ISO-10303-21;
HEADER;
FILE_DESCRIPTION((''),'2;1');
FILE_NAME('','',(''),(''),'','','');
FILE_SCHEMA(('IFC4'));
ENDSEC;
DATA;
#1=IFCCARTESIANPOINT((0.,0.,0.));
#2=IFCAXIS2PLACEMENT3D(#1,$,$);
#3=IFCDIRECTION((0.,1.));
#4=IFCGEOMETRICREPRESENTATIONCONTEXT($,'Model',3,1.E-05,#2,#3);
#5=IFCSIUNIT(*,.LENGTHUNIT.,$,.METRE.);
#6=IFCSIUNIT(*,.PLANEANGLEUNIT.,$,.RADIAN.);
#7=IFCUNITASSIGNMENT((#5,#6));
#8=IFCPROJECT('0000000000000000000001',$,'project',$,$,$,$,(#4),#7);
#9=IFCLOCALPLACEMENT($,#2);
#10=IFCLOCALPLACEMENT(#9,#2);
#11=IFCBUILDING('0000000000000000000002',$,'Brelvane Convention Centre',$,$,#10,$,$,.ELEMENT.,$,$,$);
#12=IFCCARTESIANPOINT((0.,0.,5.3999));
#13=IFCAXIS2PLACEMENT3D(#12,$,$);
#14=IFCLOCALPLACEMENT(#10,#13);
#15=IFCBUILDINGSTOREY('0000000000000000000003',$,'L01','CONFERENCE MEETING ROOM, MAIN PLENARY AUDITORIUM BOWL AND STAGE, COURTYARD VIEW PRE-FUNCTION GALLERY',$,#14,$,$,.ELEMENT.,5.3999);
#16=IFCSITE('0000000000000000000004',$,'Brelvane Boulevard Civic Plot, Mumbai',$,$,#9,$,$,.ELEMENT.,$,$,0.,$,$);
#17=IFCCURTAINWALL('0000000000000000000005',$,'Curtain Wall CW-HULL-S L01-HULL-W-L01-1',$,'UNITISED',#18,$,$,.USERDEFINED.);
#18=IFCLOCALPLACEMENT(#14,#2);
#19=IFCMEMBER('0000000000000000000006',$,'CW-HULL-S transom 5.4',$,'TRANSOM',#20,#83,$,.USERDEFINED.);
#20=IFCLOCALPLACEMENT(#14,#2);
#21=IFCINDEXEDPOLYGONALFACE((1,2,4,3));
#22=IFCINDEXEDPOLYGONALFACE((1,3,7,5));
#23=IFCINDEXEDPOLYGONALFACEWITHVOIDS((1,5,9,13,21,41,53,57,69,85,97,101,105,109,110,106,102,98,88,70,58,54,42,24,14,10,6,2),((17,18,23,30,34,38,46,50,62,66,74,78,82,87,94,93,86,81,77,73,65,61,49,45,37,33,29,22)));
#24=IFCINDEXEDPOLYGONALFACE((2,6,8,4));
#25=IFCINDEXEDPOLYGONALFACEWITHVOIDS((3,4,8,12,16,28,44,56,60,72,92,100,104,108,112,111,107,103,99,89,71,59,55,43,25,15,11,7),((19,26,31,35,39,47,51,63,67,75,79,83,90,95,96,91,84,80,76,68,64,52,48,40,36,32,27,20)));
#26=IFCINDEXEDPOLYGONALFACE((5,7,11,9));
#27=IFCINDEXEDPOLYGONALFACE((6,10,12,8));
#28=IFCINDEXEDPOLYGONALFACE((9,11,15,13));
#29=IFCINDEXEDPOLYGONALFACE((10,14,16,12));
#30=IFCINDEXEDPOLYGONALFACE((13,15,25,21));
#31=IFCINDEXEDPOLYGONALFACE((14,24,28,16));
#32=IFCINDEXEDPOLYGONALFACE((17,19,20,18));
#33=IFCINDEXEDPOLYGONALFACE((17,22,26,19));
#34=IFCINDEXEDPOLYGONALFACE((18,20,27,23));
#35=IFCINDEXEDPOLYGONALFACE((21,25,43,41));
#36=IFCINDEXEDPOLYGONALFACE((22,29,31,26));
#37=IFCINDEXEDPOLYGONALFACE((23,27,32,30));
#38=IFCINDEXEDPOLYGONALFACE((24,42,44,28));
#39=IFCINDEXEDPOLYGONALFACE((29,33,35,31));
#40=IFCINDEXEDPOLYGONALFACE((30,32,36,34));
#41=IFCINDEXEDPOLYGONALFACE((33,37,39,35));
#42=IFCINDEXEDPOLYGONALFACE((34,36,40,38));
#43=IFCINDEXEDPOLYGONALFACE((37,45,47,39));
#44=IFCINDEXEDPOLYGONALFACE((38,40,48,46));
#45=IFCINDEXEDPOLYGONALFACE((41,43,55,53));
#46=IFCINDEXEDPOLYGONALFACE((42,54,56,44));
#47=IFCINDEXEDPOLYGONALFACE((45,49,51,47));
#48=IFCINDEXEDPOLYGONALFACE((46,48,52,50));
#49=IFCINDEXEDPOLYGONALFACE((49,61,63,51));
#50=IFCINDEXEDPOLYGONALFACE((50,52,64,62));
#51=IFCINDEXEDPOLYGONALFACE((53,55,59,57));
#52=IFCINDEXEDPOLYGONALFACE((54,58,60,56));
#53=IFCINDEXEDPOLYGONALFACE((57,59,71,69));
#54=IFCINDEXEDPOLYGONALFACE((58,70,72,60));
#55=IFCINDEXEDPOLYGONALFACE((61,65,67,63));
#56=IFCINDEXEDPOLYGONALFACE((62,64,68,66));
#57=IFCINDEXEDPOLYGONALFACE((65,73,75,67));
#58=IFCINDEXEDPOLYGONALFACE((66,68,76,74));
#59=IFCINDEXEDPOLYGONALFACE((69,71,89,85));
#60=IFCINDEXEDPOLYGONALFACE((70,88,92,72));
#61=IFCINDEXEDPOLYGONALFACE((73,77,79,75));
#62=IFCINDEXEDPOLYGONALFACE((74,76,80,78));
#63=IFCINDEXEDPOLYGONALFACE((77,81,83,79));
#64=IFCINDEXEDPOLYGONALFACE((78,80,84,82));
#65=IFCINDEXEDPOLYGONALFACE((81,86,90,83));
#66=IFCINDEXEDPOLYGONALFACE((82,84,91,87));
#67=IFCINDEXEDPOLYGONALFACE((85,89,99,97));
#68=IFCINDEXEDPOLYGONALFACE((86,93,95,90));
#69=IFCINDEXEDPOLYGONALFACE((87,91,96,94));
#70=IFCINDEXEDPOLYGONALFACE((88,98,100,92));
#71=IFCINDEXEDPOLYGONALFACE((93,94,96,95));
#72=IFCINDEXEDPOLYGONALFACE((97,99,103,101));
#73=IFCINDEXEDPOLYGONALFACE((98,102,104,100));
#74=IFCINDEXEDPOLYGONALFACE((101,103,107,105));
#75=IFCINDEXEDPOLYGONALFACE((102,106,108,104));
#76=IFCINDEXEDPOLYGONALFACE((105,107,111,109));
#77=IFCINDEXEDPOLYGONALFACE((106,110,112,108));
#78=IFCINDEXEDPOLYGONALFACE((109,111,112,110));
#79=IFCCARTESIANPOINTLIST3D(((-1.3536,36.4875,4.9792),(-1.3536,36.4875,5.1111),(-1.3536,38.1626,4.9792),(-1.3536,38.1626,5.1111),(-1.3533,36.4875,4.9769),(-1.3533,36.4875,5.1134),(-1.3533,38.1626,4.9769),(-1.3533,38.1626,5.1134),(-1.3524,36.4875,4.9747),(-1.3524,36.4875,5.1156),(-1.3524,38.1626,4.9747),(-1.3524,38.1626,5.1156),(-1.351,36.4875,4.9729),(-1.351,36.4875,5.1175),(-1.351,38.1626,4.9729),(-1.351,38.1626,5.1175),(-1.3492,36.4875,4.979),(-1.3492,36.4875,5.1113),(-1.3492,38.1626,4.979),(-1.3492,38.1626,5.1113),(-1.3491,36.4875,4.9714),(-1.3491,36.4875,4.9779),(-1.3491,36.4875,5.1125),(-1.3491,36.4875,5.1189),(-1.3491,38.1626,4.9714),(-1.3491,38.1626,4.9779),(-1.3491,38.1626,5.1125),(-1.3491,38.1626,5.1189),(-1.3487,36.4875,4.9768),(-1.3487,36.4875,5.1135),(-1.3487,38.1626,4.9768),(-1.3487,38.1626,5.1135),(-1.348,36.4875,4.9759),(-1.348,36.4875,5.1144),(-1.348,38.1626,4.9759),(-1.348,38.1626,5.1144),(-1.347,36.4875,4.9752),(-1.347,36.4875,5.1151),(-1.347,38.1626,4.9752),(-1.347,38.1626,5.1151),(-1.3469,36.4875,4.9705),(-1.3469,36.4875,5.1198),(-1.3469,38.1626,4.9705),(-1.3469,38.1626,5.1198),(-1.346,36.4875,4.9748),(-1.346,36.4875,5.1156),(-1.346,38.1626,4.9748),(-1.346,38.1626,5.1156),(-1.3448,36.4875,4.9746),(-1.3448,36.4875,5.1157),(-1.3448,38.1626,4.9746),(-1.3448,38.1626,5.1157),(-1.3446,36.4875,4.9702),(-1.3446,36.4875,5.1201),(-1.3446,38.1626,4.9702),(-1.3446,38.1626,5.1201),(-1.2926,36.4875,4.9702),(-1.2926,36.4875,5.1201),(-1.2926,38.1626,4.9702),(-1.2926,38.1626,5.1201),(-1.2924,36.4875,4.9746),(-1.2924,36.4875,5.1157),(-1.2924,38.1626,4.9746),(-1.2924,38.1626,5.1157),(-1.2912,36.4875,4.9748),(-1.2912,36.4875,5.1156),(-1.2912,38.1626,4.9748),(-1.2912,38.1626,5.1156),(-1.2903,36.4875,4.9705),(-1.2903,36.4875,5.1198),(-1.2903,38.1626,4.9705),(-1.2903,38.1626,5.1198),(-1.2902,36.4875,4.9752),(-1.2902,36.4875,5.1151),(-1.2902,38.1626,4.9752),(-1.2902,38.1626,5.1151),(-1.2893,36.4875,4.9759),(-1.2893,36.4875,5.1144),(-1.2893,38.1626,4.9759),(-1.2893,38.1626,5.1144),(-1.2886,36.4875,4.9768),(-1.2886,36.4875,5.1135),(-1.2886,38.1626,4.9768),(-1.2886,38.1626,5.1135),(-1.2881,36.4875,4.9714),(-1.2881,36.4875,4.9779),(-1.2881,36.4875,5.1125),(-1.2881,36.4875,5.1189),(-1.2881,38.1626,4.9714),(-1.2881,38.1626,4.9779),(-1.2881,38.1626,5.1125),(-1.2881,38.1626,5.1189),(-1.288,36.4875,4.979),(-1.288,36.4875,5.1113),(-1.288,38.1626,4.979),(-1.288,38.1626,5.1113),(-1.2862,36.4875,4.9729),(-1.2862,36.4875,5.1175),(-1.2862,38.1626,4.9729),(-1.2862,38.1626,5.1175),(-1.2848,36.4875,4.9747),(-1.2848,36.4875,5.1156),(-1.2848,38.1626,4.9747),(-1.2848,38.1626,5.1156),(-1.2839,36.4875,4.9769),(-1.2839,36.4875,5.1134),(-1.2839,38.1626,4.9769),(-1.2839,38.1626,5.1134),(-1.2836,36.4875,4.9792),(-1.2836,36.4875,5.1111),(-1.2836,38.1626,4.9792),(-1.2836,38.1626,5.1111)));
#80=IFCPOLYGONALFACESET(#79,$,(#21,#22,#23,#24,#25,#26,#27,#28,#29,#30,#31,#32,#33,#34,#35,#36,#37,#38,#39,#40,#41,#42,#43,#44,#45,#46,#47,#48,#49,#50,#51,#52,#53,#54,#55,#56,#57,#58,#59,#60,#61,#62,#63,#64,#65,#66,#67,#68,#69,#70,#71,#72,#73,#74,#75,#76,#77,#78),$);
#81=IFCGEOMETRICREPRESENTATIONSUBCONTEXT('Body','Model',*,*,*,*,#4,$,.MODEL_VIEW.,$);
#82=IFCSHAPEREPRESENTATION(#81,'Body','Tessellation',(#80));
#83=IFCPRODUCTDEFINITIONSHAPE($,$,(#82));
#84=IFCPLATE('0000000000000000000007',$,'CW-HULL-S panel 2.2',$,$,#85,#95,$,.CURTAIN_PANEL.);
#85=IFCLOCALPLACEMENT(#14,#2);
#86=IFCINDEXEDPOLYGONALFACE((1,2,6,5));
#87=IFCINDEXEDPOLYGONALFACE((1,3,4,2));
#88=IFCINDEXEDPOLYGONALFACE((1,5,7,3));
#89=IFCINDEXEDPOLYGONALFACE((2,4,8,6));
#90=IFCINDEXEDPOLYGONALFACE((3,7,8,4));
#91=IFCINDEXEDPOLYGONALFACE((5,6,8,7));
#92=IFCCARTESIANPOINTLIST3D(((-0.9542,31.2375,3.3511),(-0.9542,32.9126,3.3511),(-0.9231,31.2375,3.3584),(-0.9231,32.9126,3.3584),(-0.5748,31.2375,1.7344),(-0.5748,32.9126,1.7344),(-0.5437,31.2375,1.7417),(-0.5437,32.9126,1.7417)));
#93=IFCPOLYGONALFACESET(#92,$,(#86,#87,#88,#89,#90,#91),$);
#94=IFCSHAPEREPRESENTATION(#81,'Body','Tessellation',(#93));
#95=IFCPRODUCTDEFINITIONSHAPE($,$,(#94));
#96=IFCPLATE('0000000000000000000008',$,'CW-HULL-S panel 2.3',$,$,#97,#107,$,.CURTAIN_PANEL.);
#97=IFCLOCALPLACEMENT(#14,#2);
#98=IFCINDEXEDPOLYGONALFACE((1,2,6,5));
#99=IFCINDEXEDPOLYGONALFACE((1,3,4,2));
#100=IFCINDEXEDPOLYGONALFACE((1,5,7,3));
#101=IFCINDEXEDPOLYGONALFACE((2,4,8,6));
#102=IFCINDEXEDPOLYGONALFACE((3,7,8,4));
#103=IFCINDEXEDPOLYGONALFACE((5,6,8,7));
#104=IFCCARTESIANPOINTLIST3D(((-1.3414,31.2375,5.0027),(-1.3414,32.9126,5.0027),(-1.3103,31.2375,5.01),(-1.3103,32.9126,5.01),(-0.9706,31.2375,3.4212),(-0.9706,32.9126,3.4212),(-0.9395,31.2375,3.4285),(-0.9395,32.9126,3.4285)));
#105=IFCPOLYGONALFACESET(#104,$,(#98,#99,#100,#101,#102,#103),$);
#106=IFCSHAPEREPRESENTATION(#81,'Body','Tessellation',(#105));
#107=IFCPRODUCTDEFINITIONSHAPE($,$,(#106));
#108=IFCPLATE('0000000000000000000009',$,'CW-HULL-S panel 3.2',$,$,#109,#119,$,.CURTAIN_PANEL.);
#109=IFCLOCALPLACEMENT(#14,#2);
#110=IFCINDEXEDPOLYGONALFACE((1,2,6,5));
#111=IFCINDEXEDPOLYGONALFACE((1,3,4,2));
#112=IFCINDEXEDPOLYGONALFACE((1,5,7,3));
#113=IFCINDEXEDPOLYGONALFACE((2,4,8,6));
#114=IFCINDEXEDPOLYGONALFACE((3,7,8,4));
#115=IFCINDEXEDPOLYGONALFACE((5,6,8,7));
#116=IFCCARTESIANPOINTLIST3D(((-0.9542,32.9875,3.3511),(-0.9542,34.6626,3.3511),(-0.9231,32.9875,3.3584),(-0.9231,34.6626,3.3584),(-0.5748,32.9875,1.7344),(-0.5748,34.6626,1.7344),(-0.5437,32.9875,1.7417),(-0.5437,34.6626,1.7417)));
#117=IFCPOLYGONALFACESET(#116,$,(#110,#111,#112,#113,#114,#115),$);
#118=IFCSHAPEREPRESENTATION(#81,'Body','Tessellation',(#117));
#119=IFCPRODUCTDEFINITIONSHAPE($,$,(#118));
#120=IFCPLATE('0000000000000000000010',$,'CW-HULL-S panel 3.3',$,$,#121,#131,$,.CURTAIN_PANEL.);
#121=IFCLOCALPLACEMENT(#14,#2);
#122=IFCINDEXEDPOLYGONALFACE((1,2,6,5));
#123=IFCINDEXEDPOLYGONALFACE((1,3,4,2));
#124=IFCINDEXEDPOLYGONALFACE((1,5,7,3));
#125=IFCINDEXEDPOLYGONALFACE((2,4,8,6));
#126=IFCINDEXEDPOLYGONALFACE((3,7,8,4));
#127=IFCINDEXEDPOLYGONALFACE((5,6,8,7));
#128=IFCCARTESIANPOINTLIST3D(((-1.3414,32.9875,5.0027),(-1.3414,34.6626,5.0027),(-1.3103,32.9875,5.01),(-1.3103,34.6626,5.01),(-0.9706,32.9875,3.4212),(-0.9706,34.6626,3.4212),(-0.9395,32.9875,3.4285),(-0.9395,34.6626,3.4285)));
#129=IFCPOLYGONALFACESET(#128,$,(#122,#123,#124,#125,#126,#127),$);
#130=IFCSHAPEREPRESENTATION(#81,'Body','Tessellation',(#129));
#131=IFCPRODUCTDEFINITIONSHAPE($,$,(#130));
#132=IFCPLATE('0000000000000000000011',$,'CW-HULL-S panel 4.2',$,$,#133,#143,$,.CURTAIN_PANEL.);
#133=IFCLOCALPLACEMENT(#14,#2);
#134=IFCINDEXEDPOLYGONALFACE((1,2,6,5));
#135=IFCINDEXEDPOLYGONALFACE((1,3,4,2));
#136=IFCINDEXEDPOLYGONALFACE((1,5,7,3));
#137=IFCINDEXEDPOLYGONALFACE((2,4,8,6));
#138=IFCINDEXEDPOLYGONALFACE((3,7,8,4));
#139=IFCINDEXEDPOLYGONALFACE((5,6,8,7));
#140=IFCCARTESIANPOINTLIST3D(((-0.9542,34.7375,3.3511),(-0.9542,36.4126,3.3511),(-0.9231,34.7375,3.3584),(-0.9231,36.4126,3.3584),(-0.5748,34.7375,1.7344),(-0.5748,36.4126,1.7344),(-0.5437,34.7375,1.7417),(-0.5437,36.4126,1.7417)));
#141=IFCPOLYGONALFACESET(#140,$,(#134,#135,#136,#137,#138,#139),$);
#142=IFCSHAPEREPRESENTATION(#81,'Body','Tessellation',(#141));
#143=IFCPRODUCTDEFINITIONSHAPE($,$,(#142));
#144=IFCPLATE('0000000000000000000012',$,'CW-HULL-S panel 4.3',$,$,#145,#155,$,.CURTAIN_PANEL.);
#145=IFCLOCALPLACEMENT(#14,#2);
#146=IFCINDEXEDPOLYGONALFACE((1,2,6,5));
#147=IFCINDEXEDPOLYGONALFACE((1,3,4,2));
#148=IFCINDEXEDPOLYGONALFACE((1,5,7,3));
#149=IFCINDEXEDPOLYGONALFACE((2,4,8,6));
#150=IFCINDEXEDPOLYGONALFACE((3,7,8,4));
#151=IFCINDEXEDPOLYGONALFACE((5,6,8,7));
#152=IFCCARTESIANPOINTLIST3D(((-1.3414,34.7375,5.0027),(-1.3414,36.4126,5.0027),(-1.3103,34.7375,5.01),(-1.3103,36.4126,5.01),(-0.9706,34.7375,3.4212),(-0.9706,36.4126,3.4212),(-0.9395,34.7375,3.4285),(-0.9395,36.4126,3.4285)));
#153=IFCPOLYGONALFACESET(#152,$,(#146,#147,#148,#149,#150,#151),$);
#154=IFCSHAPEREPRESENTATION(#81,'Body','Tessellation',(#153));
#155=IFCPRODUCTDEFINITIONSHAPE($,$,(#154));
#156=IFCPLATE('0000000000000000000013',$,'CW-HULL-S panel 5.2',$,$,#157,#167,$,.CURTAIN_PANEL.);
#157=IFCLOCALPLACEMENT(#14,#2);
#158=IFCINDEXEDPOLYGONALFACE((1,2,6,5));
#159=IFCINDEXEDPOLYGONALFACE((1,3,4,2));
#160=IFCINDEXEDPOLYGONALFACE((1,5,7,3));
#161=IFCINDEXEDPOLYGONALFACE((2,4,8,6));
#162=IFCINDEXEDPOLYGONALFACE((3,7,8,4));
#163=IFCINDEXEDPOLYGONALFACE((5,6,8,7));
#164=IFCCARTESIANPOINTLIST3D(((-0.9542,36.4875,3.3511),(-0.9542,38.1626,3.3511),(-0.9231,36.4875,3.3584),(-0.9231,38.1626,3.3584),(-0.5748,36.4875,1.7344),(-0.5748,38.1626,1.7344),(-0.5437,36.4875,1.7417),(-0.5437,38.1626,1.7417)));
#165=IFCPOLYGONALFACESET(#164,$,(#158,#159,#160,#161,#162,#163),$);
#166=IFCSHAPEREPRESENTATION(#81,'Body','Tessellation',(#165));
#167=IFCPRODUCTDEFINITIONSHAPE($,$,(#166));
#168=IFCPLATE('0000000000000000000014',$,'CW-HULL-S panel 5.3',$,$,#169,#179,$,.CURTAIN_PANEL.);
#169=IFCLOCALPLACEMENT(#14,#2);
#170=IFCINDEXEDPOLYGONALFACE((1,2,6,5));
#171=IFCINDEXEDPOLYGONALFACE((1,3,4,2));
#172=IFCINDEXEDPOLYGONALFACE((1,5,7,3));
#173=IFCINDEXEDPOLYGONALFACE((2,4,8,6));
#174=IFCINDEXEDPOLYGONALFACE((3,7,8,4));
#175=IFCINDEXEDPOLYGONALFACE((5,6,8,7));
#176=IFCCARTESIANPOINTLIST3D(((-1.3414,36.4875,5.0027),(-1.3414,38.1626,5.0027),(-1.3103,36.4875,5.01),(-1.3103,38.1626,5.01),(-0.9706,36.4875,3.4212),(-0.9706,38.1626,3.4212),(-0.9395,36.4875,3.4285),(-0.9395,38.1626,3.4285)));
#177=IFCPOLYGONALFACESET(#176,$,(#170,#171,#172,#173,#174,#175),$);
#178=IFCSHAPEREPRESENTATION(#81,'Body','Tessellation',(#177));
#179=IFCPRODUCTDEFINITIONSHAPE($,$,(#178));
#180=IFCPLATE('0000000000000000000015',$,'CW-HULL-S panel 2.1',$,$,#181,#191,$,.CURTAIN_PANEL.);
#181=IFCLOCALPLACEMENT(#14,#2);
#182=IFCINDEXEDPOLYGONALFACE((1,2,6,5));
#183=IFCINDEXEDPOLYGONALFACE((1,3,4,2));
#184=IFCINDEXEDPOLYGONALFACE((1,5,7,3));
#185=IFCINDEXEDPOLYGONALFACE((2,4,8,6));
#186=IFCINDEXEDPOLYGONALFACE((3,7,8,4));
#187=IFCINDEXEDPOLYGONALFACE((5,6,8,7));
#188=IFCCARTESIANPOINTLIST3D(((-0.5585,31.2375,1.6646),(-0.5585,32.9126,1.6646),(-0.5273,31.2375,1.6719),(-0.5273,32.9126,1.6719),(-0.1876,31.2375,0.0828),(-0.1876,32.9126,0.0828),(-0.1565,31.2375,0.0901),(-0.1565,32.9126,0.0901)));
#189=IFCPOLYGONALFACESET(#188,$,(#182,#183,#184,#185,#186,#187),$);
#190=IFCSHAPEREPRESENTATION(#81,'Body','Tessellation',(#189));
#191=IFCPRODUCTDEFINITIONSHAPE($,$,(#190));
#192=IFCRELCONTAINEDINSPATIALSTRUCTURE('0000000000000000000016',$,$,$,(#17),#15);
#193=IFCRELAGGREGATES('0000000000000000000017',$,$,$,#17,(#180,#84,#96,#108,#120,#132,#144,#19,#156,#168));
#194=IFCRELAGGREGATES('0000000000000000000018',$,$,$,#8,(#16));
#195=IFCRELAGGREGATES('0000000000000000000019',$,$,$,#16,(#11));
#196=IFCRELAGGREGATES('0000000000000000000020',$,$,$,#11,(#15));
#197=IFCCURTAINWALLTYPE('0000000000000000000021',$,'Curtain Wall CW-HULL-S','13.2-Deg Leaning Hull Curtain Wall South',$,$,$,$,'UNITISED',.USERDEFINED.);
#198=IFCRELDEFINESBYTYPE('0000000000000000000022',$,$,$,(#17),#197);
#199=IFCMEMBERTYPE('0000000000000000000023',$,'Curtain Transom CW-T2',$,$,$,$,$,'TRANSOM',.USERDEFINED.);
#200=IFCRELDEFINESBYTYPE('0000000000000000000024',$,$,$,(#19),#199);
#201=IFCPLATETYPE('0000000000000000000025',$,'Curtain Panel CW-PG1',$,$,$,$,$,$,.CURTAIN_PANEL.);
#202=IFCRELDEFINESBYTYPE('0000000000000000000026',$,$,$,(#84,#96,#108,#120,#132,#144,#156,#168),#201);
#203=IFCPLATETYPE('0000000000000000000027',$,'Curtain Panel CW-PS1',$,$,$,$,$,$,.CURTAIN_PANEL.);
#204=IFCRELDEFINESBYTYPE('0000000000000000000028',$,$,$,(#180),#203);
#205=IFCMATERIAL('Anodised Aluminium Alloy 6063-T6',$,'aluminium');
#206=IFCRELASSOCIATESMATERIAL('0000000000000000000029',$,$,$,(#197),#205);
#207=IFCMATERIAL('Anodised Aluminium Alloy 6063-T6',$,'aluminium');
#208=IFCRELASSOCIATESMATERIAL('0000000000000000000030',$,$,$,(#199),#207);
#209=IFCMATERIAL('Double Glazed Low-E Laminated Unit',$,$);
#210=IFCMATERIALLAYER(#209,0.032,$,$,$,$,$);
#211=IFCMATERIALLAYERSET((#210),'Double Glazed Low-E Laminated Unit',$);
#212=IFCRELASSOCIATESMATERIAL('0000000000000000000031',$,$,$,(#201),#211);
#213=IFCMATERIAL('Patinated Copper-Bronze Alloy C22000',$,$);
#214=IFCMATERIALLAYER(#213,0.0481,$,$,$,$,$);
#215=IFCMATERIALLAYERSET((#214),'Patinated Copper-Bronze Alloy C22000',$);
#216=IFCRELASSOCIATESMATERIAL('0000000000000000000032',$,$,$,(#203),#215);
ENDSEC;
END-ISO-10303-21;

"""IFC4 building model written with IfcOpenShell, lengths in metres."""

from ifc_helpers import new_model, si_unit, direction, frame, origin, origin_2d, place, context, subcontext, project, spatial, polyline, hollow_rectangle, outline, extrude, material, layer, layer_set, material_profile, profile_set, type_object, element, aggregate, save


model = new_model("IFC4")

# Units and contexts
model_context = context("Model", 3, precision=1e-05, world=origin(), true_north=direction((0.0, 1.0)))
body_context = subcontext(model_context, "Body", "Model", "MODEL_VIEW")
ifc_project = project(units=[si_unit("LENGTHUNIT", "METRE"), si_unit("PLANEANGLEUNIT", "RADIAN")], contexts=[model_context])

# Site, building, storey
site_placement = place(None, origin())
site = spatial("IfcSite", under=ifc_project, at=site_placement, Name="Brelvane Boulevard Civic Plot, Mumbai", CompositionType="ELEMENT", RefElevation=0.0)
building_placement = place(site_placement, origin())
building = spatial("IfcBuilding", under=site, at=building_placement, Name="Brelvane Convention Centre", CompositionType="ELEMENT")
storey_placement = place(building_placement, frame((0.0, 0.0, 5.3999)))
storey = spatial("IfcBuildingStorey", under=building, at=storey_placement, Name="L01", Description="CONFERENCE MEETING ROOM, MAIN PLENARY AUDITORIUM BOWL AND STAGE, COURTYARD VIEW PRE-FUNCTION GALLERY", CompositionType="ELEMENT", Elevation=5.3999)

# Curtain wall, member, plates
ifc_material_1 = material(Name="Anodised Aluminium Alloy 6063-T6", Category="aluminium")
curtain_wall_type = type_object("IfcCurtainWallType", Name="Curtain Wall CW-HULL-S", Description="13.2-Deg Leaning Hull Curtain Wall South", ElementType="UNITISED", PredefinedType="USERDEFINED", material=ifc_material_1)
curtain_wall_placement = place(storey_placement, origin())
curtain_wall = element("IfcCurtainWall", 1, at=curtain_wall_placement, inside=storey, type_object=curtain_wall_type, Name="Curtain Wall CW-HULL-S L01-HULL-W-L01-1", ObjectType="UNITISED", PredefinedType="USERDEFINED")
ifc_material_2 = material(Name="Anodised Aluminium Alloy 6063-T6", Category="aluminium")
ifc_material_profile_1 = material_profile(ifc_material_2, hollow_rectangle(XDim=0.0701, YDim=0.1499, WallThickness=0.0044, InnerFilletRadius=0.0044, OuterFilletRadius=0.009, at=origin_2d()), Name="ALU-T 150x70x4.5")
ifc_profile_set_1 = profile_set([ifc_material_profile_1], Name="Anodised Aluminium Alloy 6063-T6")
member_type_1 = type_object("IfcMemberType", Name="Curtain Transom CW-T2", ElementType="TRANSOM", PredefinedType="USERDEFINED", material=ifc_profile_set_1)
member_1_placement = place(storey_placement, frame((-1.3186, 36.4875, 5.0452), z_axis=(0.0, 1.0, 0.0), x_axis=(-1.0, 0.0, 0.0)))
member_1 = element("IfcMember", 2, at=member_1_placement, type_object=member_type_1, Name="CW-HULL-S transom 5.4", ObjectType="TRANSOM", PredefinedType="USERDEFINED", context=body_context, shape_type="SweptSolid", body=[
    extrude(hollow_rectangle(XDim=0.0701, YDim=0.1499, WallThickness=0.0044, InnerFilletRadius=0.0044, OuterFilletRadius=0.009, at=origin_2d()), origin(), (0.0, 0.0, 1.0), 1.675),
])
ifc_material_3 = material(Name="Double Glazed Low-E Laminated Unit")
ifc_layer_1 = layer(ifc_material_3, 0.032)
ifc_layer_set_1 = layer_set([ifc_layer_1], Name="Double Glazed Low-E Laminated Unit")
plate_type_1 = type_object("IfcPlateType", Name="Curtain Panel CW-PG1", PredefinedType="CURTAIN_PANEL", material=ifc_layer_set_1)
plate_1_placement = place(storey_placement, frame((-0.5437, 31.2375, 1.7417), z_axis=(0.973552, 0.0, 0.228466), x_axis=(0.0, 1.0, 0.0)))
plate_1 = element("IfcPlate", 3, at=plate_1_placement, type_object=plate_type_1, Name="CW-HULL-S panel 2.2", PredefinedType="CURTAIN_PANEL", context=body_context, shape_type="SweptSolid", body=[
    extrude(outline(polyline([(0.0, 0.0), (1.675, 0.0), (1.675, 1.6606), (0.0, 1.6606), (0.0, 0.0)])), origin(), (0.0, 0.0, -1.0), 0.032),
])
plate_2_placement = place(storey_placement, frame((-0.9395, 31.2375, 3.4285), z_axis=(0.973592, 0.0, 0.228294), x_axis=(0.0, 1.0, 0.0)))
plate_2 = element("IfcPlate", 4, at=plate_2_placement, type_object=plate_type_1, Name="CW-HULL-S panel 2.3", PredefinedType="CURTAIN_PANEL", context=body_context, shape_type="SweptSolid", body=[
    extrude(outline(polyline([(0.0, 0.0), (1.675, 0.0), (1.675, 1.6244), (0.0, 1.6244), (0.0, 0.0)])), origin(), (0.0, 0.0, -1.0), 0.032),
])
plate_3_placement = place(storey_placement, frame((-0.5437, 32.9875, 1.7417), z_axis=(0.973552, 0.0, 0.228466), x_axis=(0.0, 1.0, 0.0)))
plate_3 = element("IfcPlate", 5, at=plate_3_placement, type_object=plate_type_1, Name="CW-HULL-S panel 3.2", PredefinedType="CURTAIN_PANEL", context=body_context, shape_type="SweptSolid", body=[
    extrude(outline(polyline([(0.0, 0.0), (1.675, 0.0), (1.675, 1.6606), (0.0, 1.6606), (0.0, 0.0)])), origin(), (0.0, 0.0, -1.0), 0.032),
])
plate_4_placement = place(storey_placement, frame((-0.9395, 32.9875, 3.4285), z_axis=(0.973592, 0.0, 0.228294), x_axis=(0.0, 1.0, 0.0)))
plate_4 = element("IfcPlate", 6, at=plate_4_placement, type_object=plate_type_1, Name="CW-HULL-S panel 3.3", PredefinedType="CURTAIN_PANEL", context=body_context, shape_type="SweptSolid", body=[
    extrude(outline(polyline([(0.0, 0.0), (1.675, 0.0), (1.675, 1.6244), (0.0, 1.6244), (0.0, 0.0)])), origin(), (0.0, 0.0, -1.0), 0.032),
])
plate_5_placement = place(storey_placement, frame((-0.5437, 34.7375, 1.7417), z_axis=(0.973552, 0.0, 0.228466), x_axis=(0.0, 1.0, 0.0)))
plate_5 = element("IfcPlate", 7, at=plate_5_placement, type_object=plate_type_1, Name="CW-HULL-S panel 4.2", PredefinedType="CURTAIN_PANEL", context=body_context, shape_type="SweptSolid", body=[
    extrude(outline(polyline([(0.0, 0.0), (1.675, 0.0), (1.675, 1.6606), (0.0, 1.6606), (0.0, 0.0)])), origin(), (0.0, 0.0, -1.0), 0.032),
])
plate_6_placement = place(storey_placement, frame((-0.9395, 34.7375, 3.4285), z_axis=(0.973592, 0.0, 0.228294), x_axis=(0.0, 1.0, 0.0)))
plate_6 = element("IfcPlate", 8, at=plate_6_placement, type_object=plate_type_1, Name="CW-HULL-S panel 4.3", PredefinedType="CURTAIN_PANEL", context=body_context, shape_type="SweptSolid", body=[
    extrude(outline(polyline([(0.0, 0.0), (1.675, 0.0), (1.675, 1.6244), (0.0, 1.6244), (0.0, 0.0)])), origin(), (0.0, 0.0, -1.0), 0.032),
])
plate_7_placement = place(storey_placement, frame((-0.5437, 36.4875, 1.7417), z_axis=(0.973552, 0.0, 0.228466), x_axis=(0.0, 1.0, 0.0)))
plate_7 = element("IfcPlate", 9, at=plate_7_placement, type_object=plate_type_1, Name="CW-HULL-S panel 5.2", PredefinedType="CURTAIN_PANEL", context=body_context, shape_type="SweptSolid", body=[
    extrude(outline(polyline([(0.0, 0.0), (1.675, 0.0), (1.675, 1.6606), (0.0, 1.6606), (0.0, 0.0)])), origin(), (0.0, 0.0, -1.0), 0.032),
])
plate_8_placement = place(storey_placement, frame((-0.9395, 36.4875, 3.4285), z_axis=(0.973592, 0.0, 0.228294), x_axis=(0.0, 1.0, 0.0)))
plate_8 = element("IfcPlate", 10, at=plate_8_placement, type_object=plate_type_1, Name="CW-HULL-S panel 5.3", PredefinedType="CURTAIN_PANEL", context=body_context, shape_type="SweptSolid", body=[
    extrude(outline(polyline([(0.0, 0.0), (1.675, 0.0), (1.675, 1.6244), (0.0, 1.6244), (0.0, 0.0)])), origin(), (0.0, 0.0, -1.0), 0.032),
])
ifc_material_4 = material(Name="Patinated Copper-Bronze Alloy C22000")
ifc_layer_2 = layer(ifc_material_4, 0.0481)
ifc_layer_set_2 = layer_set([ifc_layer_2], Name="Patinated Copper-Bronze Alloy C22000")
plate_type_2 = type_object("IfcPlateType", Name="Curtain Panel CW-PS1", PredefinedType="CURTAIN_PANEL", material=ifc_layer_set_2)
plate_9_placement = place(storey_placement, frame((-0.1565, 31.2375, 0.0901), z_axis=(0.9736, 0.0, 0.22826), x_axis=(0.0, 1.0, 0.0)))
plate_9 = element("IfcPlate", 11, at=plate_9_placement, type_object=plate_type_2, Name="CW-HULL-S panel 2.1", PredefinedType="CURTAIN_PANEL", context=body_context, shape_type="SweptSolid", body=[
    extrude(outline(polyline([(0.0, 0.0), (1.675, 0.0), (1.675, 1.6247), (0.0, 1.6247), (0.0, 0.0)])), origin(), (0.0, 0.0, -1.0), 0.032),
])
aggregate(curtain_wall, [plate_9, plate_1, plate_2, plate_3, plate_4, plate_5, plate_6, member_1, plate_7, plate_8])

save(model, "model.ifc")
